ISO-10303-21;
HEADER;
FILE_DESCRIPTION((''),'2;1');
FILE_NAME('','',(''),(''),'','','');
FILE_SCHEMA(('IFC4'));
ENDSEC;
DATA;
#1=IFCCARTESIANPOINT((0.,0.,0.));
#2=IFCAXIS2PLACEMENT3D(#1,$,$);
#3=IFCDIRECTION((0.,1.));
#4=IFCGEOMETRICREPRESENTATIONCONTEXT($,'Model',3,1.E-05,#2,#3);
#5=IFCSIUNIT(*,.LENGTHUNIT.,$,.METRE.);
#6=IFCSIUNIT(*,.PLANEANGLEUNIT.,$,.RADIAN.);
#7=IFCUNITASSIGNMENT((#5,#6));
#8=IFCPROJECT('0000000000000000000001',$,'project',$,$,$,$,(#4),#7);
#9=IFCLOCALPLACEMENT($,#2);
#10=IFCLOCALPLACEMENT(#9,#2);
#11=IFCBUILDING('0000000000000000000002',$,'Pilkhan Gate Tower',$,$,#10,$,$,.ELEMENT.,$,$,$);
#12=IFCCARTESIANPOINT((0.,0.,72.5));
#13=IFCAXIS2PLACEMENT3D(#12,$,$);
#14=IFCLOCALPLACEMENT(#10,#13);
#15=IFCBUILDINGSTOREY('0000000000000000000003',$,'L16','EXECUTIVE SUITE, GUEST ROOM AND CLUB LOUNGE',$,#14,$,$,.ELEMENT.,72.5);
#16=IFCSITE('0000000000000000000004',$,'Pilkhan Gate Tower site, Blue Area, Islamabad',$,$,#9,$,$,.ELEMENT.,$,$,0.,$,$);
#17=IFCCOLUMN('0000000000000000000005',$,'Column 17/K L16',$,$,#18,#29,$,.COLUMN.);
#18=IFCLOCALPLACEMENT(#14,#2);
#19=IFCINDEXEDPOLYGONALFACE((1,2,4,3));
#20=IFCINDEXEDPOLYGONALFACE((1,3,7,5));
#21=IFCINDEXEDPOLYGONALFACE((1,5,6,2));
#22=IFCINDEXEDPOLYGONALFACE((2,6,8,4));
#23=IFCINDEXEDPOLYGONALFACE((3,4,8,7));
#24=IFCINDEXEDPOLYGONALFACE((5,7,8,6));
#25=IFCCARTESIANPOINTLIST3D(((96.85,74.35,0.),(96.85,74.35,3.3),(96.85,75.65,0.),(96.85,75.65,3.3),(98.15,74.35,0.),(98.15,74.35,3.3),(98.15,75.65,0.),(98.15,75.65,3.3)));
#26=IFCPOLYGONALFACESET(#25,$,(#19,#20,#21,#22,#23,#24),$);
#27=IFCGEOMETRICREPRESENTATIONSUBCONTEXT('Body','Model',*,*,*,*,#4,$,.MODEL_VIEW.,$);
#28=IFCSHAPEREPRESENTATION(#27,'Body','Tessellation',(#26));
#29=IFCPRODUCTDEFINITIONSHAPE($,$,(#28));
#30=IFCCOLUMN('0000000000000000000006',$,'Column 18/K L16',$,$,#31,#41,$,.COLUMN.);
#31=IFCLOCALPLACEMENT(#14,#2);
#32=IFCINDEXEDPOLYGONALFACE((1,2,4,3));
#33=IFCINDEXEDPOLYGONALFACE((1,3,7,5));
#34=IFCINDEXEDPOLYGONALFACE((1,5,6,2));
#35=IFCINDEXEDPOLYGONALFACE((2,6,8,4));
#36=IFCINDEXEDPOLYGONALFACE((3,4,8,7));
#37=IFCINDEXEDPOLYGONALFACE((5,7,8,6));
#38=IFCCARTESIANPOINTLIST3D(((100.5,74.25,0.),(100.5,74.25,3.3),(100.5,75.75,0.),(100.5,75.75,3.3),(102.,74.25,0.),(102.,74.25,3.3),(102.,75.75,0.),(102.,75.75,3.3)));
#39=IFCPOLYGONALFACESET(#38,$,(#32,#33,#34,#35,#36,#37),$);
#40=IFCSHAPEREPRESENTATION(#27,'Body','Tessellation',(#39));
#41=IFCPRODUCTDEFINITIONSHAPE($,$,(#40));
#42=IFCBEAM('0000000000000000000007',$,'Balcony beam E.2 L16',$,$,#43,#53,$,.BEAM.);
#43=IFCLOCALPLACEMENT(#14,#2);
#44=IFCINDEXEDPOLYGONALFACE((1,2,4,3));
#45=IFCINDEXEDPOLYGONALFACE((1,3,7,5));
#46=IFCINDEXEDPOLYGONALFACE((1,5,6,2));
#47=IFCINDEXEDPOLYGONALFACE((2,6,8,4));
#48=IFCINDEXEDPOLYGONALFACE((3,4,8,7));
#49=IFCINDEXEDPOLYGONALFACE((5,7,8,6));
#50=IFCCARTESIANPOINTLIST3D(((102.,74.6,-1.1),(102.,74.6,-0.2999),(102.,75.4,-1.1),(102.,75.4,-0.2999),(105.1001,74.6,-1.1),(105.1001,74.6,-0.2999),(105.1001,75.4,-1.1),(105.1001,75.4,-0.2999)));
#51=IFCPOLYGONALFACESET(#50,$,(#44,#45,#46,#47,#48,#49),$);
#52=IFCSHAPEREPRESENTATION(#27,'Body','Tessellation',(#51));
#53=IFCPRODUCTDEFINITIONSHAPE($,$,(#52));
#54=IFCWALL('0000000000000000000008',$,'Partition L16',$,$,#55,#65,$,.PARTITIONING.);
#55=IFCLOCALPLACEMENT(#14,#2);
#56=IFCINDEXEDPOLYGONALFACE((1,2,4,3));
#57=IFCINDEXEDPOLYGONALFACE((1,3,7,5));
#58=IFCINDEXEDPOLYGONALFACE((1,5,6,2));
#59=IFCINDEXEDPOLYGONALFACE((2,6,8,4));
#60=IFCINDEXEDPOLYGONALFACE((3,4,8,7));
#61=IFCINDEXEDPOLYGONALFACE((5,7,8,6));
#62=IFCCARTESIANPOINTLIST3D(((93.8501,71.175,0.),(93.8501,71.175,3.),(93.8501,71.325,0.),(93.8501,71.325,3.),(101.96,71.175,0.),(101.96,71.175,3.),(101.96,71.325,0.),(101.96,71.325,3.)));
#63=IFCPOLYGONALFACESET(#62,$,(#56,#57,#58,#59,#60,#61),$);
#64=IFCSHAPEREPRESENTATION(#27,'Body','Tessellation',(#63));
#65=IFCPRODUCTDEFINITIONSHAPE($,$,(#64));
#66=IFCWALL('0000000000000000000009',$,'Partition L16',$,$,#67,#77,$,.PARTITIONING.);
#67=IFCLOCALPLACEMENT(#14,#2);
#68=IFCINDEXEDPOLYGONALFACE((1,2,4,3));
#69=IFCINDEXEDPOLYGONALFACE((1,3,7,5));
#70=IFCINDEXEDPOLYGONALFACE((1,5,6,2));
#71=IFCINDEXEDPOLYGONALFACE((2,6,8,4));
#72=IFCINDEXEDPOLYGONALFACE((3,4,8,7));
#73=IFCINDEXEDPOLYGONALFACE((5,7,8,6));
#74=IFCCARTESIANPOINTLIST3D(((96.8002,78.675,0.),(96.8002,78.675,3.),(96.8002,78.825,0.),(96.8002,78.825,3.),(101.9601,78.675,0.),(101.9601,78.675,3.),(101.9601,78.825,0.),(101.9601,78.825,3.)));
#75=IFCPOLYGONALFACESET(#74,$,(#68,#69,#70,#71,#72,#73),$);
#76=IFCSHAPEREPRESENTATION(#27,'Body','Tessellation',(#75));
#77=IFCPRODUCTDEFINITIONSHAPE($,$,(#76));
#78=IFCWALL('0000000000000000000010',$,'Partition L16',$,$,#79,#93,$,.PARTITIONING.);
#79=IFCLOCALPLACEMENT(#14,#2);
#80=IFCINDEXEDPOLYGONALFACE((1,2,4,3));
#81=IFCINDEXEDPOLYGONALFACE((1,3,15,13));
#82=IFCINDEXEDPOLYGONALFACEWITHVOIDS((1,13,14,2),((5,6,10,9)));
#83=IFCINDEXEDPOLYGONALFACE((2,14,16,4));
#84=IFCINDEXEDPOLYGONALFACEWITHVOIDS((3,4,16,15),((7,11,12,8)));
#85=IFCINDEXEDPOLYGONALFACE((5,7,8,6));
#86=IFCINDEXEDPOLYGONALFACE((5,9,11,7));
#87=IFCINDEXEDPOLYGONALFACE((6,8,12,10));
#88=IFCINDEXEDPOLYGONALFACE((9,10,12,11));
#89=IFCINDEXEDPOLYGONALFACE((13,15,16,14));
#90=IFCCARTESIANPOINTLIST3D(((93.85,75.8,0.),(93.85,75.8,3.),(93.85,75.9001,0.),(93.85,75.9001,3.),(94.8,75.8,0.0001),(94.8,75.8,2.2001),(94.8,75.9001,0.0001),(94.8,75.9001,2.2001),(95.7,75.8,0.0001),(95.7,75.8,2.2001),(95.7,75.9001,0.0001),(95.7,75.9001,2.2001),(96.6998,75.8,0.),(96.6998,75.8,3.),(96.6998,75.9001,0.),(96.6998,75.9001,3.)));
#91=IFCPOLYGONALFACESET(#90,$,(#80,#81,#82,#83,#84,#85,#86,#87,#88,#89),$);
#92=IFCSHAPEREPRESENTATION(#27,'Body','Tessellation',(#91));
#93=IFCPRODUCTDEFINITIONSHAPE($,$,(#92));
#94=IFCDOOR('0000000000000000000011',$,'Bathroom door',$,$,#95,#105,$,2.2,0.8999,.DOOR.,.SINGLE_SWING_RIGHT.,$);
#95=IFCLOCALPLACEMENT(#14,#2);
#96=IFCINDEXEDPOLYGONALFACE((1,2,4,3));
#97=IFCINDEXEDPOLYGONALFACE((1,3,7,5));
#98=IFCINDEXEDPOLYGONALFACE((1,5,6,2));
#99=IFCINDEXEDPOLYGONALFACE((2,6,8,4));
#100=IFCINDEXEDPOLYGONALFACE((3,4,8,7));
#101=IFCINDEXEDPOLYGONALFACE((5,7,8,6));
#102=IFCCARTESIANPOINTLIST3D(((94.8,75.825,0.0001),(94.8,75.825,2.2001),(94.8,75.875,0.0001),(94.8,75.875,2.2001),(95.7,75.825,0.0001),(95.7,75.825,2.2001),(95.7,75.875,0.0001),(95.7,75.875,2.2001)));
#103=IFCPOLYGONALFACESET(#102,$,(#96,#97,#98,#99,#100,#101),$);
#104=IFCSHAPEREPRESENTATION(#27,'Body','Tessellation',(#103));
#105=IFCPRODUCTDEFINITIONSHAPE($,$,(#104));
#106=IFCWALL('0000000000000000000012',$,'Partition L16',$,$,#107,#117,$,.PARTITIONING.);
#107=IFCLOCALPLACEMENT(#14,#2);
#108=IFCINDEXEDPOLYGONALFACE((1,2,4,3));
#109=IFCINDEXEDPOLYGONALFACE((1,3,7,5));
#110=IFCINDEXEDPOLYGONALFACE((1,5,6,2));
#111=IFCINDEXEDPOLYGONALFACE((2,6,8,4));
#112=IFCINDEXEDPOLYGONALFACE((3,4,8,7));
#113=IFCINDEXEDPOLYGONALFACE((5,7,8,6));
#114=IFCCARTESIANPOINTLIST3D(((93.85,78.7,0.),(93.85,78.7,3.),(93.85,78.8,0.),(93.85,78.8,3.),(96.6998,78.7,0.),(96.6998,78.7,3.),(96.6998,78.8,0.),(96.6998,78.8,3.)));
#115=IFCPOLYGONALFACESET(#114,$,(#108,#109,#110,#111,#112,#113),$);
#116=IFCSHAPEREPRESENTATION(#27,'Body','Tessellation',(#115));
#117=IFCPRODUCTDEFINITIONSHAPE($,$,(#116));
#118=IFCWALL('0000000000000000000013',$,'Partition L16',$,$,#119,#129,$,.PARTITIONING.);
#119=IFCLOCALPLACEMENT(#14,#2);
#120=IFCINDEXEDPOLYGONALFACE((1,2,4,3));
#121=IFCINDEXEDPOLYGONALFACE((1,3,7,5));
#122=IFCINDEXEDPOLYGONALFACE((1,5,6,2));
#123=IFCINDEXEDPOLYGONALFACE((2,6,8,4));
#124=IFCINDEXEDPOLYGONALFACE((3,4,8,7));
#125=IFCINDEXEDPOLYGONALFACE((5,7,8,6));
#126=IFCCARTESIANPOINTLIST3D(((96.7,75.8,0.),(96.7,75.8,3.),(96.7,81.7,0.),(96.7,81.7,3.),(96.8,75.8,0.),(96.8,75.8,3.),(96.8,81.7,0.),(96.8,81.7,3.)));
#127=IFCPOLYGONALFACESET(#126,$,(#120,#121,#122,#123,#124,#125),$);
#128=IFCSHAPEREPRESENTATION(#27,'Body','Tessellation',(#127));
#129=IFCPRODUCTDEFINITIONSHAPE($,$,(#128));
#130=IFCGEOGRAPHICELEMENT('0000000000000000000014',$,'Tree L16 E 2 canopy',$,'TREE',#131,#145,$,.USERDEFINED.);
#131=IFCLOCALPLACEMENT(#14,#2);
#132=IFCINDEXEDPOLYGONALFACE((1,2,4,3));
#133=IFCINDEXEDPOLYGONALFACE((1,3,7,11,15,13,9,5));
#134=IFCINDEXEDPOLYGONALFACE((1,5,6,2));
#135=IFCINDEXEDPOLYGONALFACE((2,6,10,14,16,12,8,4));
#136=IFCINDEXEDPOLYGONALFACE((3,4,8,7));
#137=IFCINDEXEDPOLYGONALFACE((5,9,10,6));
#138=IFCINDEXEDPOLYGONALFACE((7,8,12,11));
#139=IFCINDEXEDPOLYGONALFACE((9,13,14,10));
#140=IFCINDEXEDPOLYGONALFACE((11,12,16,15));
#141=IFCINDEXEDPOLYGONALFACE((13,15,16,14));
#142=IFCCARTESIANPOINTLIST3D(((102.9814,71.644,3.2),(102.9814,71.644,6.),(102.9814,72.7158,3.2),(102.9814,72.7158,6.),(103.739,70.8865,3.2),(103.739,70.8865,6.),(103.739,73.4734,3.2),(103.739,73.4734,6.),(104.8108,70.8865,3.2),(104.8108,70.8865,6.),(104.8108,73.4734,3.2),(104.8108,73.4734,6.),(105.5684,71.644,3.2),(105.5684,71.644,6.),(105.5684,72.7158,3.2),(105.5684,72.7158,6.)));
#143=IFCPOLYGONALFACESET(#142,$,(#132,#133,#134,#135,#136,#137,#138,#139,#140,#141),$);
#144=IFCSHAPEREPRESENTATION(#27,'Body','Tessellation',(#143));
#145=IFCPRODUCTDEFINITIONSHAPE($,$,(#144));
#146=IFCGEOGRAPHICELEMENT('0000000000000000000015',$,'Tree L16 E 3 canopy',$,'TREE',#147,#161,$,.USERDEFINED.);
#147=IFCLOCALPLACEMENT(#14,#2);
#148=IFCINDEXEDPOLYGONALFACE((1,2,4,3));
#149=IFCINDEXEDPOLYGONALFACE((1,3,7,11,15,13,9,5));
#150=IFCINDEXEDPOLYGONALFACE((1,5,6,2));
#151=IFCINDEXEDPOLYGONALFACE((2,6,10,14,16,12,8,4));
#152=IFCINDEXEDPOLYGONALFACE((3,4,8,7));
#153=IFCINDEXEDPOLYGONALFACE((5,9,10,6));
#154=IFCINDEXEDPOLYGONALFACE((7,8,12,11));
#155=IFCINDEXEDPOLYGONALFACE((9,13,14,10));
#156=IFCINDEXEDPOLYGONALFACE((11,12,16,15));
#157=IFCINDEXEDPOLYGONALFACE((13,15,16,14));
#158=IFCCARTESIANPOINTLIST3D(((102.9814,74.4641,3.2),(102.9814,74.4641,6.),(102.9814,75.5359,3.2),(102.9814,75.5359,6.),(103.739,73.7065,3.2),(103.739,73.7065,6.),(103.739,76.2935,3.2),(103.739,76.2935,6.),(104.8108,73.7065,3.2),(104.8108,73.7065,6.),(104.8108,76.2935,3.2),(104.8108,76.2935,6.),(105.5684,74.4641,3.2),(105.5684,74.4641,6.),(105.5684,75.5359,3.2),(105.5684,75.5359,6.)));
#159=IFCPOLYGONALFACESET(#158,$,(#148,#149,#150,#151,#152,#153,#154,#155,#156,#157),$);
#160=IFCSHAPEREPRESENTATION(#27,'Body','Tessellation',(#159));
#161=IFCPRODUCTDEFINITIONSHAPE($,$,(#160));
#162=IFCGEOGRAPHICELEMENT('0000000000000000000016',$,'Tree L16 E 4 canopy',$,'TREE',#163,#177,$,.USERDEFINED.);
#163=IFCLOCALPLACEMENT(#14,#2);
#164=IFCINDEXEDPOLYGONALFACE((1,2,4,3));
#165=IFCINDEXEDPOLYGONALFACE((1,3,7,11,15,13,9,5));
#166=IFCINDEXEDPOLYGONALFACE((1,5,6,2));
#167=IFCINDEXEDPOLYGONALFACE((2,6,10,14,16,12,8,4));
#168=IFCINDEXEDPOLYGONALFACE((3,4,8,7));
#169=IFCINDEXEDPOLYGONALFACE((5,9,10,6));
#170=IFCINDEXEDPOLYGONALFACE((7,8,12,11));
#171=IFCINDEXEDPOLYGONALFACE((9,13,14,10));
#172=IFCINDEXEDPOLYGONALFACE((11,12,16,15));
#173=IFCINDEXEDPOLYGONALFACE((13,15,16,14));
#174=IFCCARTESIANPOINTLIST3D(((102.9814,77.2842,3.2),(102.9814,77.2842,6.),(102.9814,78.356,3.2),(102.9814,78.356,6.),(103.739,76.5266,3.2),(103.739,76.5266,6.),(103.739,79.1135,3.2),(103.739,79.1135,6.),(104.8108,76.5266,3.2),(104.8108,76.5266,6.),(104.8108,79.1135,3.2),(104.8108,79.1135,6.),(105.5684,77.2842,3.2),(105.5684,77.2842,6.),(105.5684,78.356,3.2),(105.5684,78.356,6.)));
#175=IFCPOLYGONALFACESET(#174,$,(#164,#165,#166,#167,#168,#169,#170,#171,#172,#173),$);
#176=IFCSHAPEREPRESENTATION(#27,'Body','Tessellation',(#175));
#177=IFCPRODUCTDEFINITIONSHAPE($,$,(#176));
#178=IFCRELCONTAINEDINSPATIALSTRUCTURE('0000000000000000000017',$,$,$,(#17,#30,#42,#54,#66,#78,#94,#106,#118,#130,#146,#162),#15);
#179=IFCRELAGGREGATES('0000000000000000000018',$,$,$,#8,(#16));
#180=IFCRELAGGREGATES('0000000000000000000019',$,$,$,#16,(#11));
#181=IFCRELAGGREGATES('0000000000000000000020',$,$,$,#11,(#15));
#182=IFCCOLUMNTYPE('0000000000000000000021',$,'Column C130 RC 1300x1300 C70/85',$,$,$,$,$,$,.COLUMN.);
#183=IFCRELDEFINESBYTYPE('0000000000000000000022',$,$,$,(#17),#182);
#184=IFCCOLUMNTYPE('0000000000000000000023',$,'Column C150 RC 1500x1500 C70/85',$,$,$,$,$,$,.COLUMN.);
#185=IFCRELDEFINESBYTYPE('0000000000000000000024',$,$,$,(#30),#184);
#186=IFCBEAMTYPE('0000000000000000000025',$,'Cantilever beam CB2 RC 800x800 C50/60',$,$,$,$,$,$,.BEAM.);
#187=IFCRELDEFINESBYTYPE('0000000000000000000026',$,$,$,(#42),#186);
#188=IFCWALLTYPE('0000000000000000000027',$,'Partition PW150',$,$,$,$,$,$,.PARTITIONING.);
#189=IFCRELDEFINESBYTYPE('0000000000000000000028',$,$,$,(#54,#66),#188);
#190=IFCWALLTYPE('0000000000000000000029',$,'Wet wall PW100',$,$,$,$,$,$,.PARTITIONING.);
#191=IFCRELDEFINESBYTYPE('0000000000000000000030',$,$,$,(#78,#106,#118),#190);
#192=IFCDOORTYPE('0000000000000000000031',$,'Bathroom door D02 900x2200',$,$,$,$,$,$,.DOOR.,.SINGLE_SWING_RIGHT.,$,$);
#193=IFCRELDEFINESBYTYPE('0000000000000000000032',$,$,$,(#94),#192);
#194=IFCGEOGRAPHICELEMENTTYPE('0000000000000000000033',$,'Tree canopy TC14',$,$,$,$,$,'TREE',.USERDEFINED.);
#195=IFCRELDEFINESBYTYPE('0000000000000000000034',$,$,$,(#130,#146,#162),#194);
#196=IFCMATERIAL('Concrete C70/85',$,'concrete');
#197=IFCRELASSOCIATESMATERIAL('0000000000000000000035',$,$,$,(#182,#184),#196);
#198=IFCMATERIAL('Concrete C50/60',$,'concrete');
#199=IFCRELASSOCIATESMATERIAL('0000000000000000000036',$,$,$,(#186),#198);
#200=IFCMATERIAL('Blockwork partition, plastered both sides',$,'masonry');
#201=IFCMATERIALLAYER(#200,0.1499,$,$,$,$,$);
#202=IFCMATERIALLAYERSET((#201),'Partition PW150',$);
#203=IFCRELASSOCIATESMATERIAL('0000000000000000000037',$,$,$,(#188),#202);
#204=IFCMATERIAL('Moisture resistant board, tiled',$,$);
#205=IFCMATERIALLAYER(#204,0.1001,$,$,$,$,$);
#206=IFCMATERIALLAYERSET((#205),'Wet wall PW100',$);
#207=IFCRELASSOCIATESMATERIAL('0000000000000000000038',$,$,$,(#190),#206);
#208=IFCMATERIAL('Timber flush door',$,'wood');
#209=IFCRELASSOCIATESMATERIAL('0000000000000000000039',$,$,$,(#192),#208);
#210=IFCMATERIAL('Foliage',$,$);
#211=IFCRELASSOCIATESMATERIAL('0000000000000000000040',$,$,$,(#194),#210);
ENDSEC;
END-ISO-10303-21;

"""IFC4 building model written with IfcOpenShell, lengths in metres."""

from ifc_helpers import new_model, si_unit, direction, frame, frame_2d, origin, origin_2d, place, context, subcontext, project, spatial, polyline, rectangle, outline, extrude, material, layer, layer_set, material_profile, profile_set, type_object, element, fill, save


model = new_model("IFC4")

# Units and contexts
model_context = context("Model", 3, precision=1e-05, world=origin(), true_north=direction((0.0, 1.0)))
body_context = subcontext(model_context, "Body", "Model", "MODEL_VIEW")
ifc_project = project(units=[si_unit("LENGTHUNIT", "METRE"), si_unit("PLANEANGLEUNIT", "RADIAN")], contexts=[model_context])

# Site, building, storey
site_placement = place(None, origin())
site = spatial("IfcSite", under=ifc_project, at=site_placement, Name="Pilkhan Gate Tower site, Blue Area, Islamabad", CompositionType="ELEMENT", RefElevation=0.0)
building_placement = place(site_placement, origin())
building = spatial("IfcBuilding", under=site, at=building_placement, Name="Pilkhan Gate Tower", CompositionType="ELEMENT")
storey_placement = place(building_placement, frame((0.0, 0.0, 72.5)))
storey = spatial("IfcBuildingStorey", under=building, at=storey_placement, Name="L16", Description="EXECUTIVE SUITE, GUEST ROOM AND CLUB LOUNGE", CompositionType="ELEMENT", Elevation=72.5)

# Columns
ifc_material_1 = material(Name="Concrete C70/85", Category="concrete")
ifc_material_profile_1 = material_profile(ifc_material_1, rectangle(XDim=1.3, YDim=1.3, at=origin_2d()), Name="RC 1300x1300")
ifc_profile_set_1 = profile_set([ifc_material_profile_1], Name="Concrete C70/85")
column_type_1 = type_object("IfcColumnType", Name="Column C130 RC 1300x1300 C70/85", PredefinedType="COLUMN", material=ifc_profile_set_1)
column_1_placement = place(storey_placement, frame((97.5, 75.0, 0.0), z_axis=(0.0, 0.0, 1.0), x_axis=(1.0, 0.0, 0.0)))
element("IfcColumn", 1, at=column_1_placement, inside=storey, type_object=column_type_1, Name="Column 17/K L16", PredefinedType="COLUMN", context=body_context, shape_type="SweptSolid", body=[
    extrude(rectangle(XDim=1.3, YDim=1.3, at=origin_2d()), origin(), (0.0, 0.0, 1.0), 3.3),
])
ifc_material_profile_2 = material_profile(ifc_material_1, rectangle(XDim=1.5, YDim=1.5, at=origin_2d()), Name="RC 1500x1500")
ifc_profile_set_2 = profile_set([ifc_material_profile_2], Name="Concrete C70/85")
column_type_2 = type_object("IfcColumnType", Name="Column C150 RC 1500x1500 C70/85", PredefinedType="COLUMN", material=ifc_profile_set_2)
column_2_placement = place(storey_placement, frame((101.25, 75.0, 0.0), z_axis=(0.0, 0.0, 1.0), x_axis=(1.0, 0.0, 0.0)))
element("IfcColumn", 2, at=column_2_placement, inside=storey, type_object=column_type_2, Name="Column 18/K L16", PredefinedType="COLUMN", context=body_context, shape_type="SweptSolid", body=[
    extrude(rectangle(XDim=1.5, YDim=1.5, at=origin_2d()), origin(), (0.0, 0.0, 1.0), 3.3),
])

# Beam
ifc_material_2 = material(Name="Concrete C50/60", Category="concrete")
ifc_material_profile_3 = material_profile(ifc_material_2, rectangle(XDim=0.8, YDim=0.8, at=origin_2d()), Name="RC 800x800")
ifc_profile_set_3 = profile_set([ifc_material_profile_3], Name="Concrete C50/60")
beam_type = type_object("IfcBeamType", Name="Cantilever beam CB2 RC 800x800 C50/60", PredefinedType="BEAM", material=ifc_profile_set_3)
beam_placement = place(storey_placement, frame((102.0, 75.0, -0.7), z_axis=(1.0, 0.0, 0.0), x_axis=(0.0, 1.0, 0.0)))
element("IfcBeam", 3, at=beam_placement, inside=storey, type_object=beam_type, Name="Balcony beam E.2 L16", PredefinedType="BEAM", context=body_context, shape_type="SweptSolid", body=[
    extrude(rectangle(XDim=0.8, YDim=0.8, at=origin_2d()), origin(), (0.0, 0.0, 1.0), 3.1001),
])

# Walls
ifc_material_3 = material(Name="Blockwork partition, plastered both sides", Category="masonry")
ifc_layer_1 = layer(ifc_material_3, 0.1499)
ifc_layer_set_1 = layer_set([ifc_layer_1], Name="Partition PW150")
wall_type_1 = type_object("IfcWallType", Name="Partition PW150", PredefinedType="PARTITIONING", material=ifc_layer_set_1)
wall_1_placement = place(storey_placement, frame((93.8501, 71.25, 0.0), z_axis=(0.0, 0.0, 1.0), x_axis=(1.0, 0.0, 0.0)))
element("IfcWall", 4, at=wall_1_placement, inside=storey, type_object=wall_type_1, Name="Partition L16", PredefinedType="PARTITIONING", context=body_context, shape_type="SweptSolid", body=[
    extrude(rectangle(XDim=8.1099, YDim=0.1499, at=frame_2d((4.0549, 0.0))), origin(), (0.0, 0.0, 1.0), 3.0),
])
wall_2_placement = place(storey_placement, frame((96.8, 78.75, 0.0), z_axis=(0.0, 0.0, 1.0), x_axis=(1.0, 0.0, 0.0)))
element("IfcWall", 5, at=wall_2_placement, inside=storey, type_object=wall_type_1, Name="Partition L16", PredefinedType="PARTITIONING", context=body_context, shape_type="SweptSolid", body=[
    extrude(rectangle(XDim=5.1599, YDim=0.1499, at=frame_2d((2.5801, 0.0))), origin(), (0.0, 0.0, 1.0), 3.0),
])

# Wall, opening, door
ifc_material_4 = material(Name="Moisture resistant board, tiled")
ifc_layer_2 = layer(ifc_material_4, 0.1001)
ifc_layer_set_2 = layer_set([ifc_layer_2], Name="Wet wall PW100")
wall_type_2 = type_object("IfcWallType", Name="Wet wall PW100", PredefinedType="PARTITIONING", material=ifc_layer_set_2)
wall_3_placement = place(storey_placement, frame((93.8501, 75.8501, 0.0), z_axis=(0.0, 0.0, 1.0), x_axis=(1.0, 0.0, 0.0)))
wall_3 = element("IfcWall", 6, at=wall_3_placement, inside=storey, type_object=wall_type_2, Name="Partition L16", PredefinedType="PARTITIONING", context=body_context, shape_type="SweptSolid", body=[
    extrude(rectangle(XDim=2.8499, YDim=0.1001, at=frame_2d((1.4248, 0.0))), origin(), (0.0, 0.0, 1.0), 3.0),
])
opening_1_placement = place(wall_3_placement, frame((0.95, 0.0, 0.0)))
opening_1 = element("IfcOpeningElement", 7, at=opening_1_placement, cuts=wall_3, PredefinedType="OPENING", context=body_context, shape_type="SweptSolid", body=[
    extrude(rectangle(XDim=0.8999, YDim=2.2, at=frame_2d((0.45, 1.1001))), frame((0.0, 0.0601, 0.0), z_axis=(0.0, -1.0, 0.0), x_axis=(1.0, 0.0, 0.0)), (0.0, 0.0, 1.0), 0.1201),
])
ifc_material_5 = material(Name="Timber flush door", Category="wood")
door_type_1 = type_object("IfcDoorType", Name="Bathroom door D02 900x2200", OperationType="SINGLE_SWING_RIGHT", PredefinedType="DOOR", material=ifc_material_5)
door_1_placement = place(opening_1_placement, origin())
door_1 = element("IfcDoor", 8, at=door_1_placement, inside=storey, type_object=door_type_1, Name="Bathroom door", OperationType="SINGLE_SWING_RIGHT", OverallHeight=2.2, OverallWidth=0.8999, PredefinedType="DOOR", context=body_context, shape_type="SweptSolid", body=[
    extrude(rectangle(XDim=0.8999, YDim=2.2, at=frame_2d((0.45, 1.1001))), frame((0.0, 0.0249, 0.0), z_axis=(0.0, -1.0, 0.0), x_axis=(1.0, 0.0, 0.0)), (0.0, 0.0, 1.0), 0.05),
])
fill(opening_1, door_1)

# Walls
wall_4_placement = place(storey_placement, frame((93.8501, 78.75, 0.0), z_axis=(0.0, 0.0, 1.0), x_axis=(1.0, 0.0, 0.0)))
element("IfcWall", 9, at=wall_4_placement, inside=storey, type_object=wall_type_2, Name="Partition L16", PredefinedType="PARTITIONING", context=body_context, shape_type="SweptSolid", body=[
    extrude(rectangle(XDim=2.8499, YDim=0.1001, at=frame_2d((1.4248, 0.0))), origin(), (0.0, 0.0, 1.0), 3.0),
])
wall_5_placement = place(storey_placement, frame((96.75, 75.8, 0.0), z_axis=(0.0, 0.0, 1.0), x_axis=(0.0, 1.0, 0.0)))
element("IfcWall", 10, at=wall_5_placement, inside=storey, type_object=wall_type_2, Name="Partition L16", PredefinedType="PARTITIONING", context=body_context, shape_type="SweptSolid", body=[
    extrude(rectangle(XDim=5.8999, YDim=0.1001, at=frame_2d((2.95, 0.0))), origin(), (0.0, 0.0, 1.0), 3.0),
])

# Geographic elements
ifc_material_6 = material(Name="Foliage")
ifc_material_profile_4 = material_profile(ifc_material_6, outline(polyline([(1.2935, 0.5359), (0.5359, 1.2935), (-0.5359, 1.2935), (-1.2935, 0.5359), (-1.2935, -0.5359), (-0.5359, -1.2935), (0.5359, -1.2935), (1.2935, -0.5359), (1.2935, 0.5359)])), Name="Canopy D2.8")
ifc_profile_set_4 = profile_set([ifc_material_profile_4], Name="Foliage")
geographic_element_type_1 = type_object("IfcGeographicElementType", Name="Tree canopy TC14", ElementType="TREE", PredefinedType="USERDEFINED", material=ifc_profile_set_4)
for number, where, z_axis, x_axis, name in (
    (11, (104.2749, 72.1799, 3.2), (0.0, 0.0, 1.0), (1.0, 0.0, 0.0), "Tree L16 E 2 canopy"),
    (12, (104.2749, 75.0, 3.2), (0.0, 0.0, 1.0), (1.0, 0.0, 0.0), "Tree L16 E 3 canopy"),
    (13, (104.2749, 77.8201, 3.2), (0.0, 0.0, 1.0), (1.0, 0.0, 0.0), "Tree L16 E 4 canopy"),
):
    element("IfcGeographicElement", number, at=place(storey_placement, frame(where, z_axis=z_axis, x_axis=x_axis)), inside=storey, type_object=geographic_element_type_1, Name=name, ObjectType="TREE", PredefinedType="USERDEFINED", context=body_context, shape_type="SweptSolid", body=[
        extrude(outline(polyline([(1.2935, 0.5359), (0.5359, 1.2935), (-0.5359, 1.2935), (-1.2935, 0.5359), (-1.2935, -0.5359), (-0.5359, -1.2935), (0.5359, -1.2935), (1.2935, -0.5359), (1.2935, 0.5359)])), origin(), (0.0, 0.0, 1.0), 2.8),
    ])

save(model, "model.ifc")
